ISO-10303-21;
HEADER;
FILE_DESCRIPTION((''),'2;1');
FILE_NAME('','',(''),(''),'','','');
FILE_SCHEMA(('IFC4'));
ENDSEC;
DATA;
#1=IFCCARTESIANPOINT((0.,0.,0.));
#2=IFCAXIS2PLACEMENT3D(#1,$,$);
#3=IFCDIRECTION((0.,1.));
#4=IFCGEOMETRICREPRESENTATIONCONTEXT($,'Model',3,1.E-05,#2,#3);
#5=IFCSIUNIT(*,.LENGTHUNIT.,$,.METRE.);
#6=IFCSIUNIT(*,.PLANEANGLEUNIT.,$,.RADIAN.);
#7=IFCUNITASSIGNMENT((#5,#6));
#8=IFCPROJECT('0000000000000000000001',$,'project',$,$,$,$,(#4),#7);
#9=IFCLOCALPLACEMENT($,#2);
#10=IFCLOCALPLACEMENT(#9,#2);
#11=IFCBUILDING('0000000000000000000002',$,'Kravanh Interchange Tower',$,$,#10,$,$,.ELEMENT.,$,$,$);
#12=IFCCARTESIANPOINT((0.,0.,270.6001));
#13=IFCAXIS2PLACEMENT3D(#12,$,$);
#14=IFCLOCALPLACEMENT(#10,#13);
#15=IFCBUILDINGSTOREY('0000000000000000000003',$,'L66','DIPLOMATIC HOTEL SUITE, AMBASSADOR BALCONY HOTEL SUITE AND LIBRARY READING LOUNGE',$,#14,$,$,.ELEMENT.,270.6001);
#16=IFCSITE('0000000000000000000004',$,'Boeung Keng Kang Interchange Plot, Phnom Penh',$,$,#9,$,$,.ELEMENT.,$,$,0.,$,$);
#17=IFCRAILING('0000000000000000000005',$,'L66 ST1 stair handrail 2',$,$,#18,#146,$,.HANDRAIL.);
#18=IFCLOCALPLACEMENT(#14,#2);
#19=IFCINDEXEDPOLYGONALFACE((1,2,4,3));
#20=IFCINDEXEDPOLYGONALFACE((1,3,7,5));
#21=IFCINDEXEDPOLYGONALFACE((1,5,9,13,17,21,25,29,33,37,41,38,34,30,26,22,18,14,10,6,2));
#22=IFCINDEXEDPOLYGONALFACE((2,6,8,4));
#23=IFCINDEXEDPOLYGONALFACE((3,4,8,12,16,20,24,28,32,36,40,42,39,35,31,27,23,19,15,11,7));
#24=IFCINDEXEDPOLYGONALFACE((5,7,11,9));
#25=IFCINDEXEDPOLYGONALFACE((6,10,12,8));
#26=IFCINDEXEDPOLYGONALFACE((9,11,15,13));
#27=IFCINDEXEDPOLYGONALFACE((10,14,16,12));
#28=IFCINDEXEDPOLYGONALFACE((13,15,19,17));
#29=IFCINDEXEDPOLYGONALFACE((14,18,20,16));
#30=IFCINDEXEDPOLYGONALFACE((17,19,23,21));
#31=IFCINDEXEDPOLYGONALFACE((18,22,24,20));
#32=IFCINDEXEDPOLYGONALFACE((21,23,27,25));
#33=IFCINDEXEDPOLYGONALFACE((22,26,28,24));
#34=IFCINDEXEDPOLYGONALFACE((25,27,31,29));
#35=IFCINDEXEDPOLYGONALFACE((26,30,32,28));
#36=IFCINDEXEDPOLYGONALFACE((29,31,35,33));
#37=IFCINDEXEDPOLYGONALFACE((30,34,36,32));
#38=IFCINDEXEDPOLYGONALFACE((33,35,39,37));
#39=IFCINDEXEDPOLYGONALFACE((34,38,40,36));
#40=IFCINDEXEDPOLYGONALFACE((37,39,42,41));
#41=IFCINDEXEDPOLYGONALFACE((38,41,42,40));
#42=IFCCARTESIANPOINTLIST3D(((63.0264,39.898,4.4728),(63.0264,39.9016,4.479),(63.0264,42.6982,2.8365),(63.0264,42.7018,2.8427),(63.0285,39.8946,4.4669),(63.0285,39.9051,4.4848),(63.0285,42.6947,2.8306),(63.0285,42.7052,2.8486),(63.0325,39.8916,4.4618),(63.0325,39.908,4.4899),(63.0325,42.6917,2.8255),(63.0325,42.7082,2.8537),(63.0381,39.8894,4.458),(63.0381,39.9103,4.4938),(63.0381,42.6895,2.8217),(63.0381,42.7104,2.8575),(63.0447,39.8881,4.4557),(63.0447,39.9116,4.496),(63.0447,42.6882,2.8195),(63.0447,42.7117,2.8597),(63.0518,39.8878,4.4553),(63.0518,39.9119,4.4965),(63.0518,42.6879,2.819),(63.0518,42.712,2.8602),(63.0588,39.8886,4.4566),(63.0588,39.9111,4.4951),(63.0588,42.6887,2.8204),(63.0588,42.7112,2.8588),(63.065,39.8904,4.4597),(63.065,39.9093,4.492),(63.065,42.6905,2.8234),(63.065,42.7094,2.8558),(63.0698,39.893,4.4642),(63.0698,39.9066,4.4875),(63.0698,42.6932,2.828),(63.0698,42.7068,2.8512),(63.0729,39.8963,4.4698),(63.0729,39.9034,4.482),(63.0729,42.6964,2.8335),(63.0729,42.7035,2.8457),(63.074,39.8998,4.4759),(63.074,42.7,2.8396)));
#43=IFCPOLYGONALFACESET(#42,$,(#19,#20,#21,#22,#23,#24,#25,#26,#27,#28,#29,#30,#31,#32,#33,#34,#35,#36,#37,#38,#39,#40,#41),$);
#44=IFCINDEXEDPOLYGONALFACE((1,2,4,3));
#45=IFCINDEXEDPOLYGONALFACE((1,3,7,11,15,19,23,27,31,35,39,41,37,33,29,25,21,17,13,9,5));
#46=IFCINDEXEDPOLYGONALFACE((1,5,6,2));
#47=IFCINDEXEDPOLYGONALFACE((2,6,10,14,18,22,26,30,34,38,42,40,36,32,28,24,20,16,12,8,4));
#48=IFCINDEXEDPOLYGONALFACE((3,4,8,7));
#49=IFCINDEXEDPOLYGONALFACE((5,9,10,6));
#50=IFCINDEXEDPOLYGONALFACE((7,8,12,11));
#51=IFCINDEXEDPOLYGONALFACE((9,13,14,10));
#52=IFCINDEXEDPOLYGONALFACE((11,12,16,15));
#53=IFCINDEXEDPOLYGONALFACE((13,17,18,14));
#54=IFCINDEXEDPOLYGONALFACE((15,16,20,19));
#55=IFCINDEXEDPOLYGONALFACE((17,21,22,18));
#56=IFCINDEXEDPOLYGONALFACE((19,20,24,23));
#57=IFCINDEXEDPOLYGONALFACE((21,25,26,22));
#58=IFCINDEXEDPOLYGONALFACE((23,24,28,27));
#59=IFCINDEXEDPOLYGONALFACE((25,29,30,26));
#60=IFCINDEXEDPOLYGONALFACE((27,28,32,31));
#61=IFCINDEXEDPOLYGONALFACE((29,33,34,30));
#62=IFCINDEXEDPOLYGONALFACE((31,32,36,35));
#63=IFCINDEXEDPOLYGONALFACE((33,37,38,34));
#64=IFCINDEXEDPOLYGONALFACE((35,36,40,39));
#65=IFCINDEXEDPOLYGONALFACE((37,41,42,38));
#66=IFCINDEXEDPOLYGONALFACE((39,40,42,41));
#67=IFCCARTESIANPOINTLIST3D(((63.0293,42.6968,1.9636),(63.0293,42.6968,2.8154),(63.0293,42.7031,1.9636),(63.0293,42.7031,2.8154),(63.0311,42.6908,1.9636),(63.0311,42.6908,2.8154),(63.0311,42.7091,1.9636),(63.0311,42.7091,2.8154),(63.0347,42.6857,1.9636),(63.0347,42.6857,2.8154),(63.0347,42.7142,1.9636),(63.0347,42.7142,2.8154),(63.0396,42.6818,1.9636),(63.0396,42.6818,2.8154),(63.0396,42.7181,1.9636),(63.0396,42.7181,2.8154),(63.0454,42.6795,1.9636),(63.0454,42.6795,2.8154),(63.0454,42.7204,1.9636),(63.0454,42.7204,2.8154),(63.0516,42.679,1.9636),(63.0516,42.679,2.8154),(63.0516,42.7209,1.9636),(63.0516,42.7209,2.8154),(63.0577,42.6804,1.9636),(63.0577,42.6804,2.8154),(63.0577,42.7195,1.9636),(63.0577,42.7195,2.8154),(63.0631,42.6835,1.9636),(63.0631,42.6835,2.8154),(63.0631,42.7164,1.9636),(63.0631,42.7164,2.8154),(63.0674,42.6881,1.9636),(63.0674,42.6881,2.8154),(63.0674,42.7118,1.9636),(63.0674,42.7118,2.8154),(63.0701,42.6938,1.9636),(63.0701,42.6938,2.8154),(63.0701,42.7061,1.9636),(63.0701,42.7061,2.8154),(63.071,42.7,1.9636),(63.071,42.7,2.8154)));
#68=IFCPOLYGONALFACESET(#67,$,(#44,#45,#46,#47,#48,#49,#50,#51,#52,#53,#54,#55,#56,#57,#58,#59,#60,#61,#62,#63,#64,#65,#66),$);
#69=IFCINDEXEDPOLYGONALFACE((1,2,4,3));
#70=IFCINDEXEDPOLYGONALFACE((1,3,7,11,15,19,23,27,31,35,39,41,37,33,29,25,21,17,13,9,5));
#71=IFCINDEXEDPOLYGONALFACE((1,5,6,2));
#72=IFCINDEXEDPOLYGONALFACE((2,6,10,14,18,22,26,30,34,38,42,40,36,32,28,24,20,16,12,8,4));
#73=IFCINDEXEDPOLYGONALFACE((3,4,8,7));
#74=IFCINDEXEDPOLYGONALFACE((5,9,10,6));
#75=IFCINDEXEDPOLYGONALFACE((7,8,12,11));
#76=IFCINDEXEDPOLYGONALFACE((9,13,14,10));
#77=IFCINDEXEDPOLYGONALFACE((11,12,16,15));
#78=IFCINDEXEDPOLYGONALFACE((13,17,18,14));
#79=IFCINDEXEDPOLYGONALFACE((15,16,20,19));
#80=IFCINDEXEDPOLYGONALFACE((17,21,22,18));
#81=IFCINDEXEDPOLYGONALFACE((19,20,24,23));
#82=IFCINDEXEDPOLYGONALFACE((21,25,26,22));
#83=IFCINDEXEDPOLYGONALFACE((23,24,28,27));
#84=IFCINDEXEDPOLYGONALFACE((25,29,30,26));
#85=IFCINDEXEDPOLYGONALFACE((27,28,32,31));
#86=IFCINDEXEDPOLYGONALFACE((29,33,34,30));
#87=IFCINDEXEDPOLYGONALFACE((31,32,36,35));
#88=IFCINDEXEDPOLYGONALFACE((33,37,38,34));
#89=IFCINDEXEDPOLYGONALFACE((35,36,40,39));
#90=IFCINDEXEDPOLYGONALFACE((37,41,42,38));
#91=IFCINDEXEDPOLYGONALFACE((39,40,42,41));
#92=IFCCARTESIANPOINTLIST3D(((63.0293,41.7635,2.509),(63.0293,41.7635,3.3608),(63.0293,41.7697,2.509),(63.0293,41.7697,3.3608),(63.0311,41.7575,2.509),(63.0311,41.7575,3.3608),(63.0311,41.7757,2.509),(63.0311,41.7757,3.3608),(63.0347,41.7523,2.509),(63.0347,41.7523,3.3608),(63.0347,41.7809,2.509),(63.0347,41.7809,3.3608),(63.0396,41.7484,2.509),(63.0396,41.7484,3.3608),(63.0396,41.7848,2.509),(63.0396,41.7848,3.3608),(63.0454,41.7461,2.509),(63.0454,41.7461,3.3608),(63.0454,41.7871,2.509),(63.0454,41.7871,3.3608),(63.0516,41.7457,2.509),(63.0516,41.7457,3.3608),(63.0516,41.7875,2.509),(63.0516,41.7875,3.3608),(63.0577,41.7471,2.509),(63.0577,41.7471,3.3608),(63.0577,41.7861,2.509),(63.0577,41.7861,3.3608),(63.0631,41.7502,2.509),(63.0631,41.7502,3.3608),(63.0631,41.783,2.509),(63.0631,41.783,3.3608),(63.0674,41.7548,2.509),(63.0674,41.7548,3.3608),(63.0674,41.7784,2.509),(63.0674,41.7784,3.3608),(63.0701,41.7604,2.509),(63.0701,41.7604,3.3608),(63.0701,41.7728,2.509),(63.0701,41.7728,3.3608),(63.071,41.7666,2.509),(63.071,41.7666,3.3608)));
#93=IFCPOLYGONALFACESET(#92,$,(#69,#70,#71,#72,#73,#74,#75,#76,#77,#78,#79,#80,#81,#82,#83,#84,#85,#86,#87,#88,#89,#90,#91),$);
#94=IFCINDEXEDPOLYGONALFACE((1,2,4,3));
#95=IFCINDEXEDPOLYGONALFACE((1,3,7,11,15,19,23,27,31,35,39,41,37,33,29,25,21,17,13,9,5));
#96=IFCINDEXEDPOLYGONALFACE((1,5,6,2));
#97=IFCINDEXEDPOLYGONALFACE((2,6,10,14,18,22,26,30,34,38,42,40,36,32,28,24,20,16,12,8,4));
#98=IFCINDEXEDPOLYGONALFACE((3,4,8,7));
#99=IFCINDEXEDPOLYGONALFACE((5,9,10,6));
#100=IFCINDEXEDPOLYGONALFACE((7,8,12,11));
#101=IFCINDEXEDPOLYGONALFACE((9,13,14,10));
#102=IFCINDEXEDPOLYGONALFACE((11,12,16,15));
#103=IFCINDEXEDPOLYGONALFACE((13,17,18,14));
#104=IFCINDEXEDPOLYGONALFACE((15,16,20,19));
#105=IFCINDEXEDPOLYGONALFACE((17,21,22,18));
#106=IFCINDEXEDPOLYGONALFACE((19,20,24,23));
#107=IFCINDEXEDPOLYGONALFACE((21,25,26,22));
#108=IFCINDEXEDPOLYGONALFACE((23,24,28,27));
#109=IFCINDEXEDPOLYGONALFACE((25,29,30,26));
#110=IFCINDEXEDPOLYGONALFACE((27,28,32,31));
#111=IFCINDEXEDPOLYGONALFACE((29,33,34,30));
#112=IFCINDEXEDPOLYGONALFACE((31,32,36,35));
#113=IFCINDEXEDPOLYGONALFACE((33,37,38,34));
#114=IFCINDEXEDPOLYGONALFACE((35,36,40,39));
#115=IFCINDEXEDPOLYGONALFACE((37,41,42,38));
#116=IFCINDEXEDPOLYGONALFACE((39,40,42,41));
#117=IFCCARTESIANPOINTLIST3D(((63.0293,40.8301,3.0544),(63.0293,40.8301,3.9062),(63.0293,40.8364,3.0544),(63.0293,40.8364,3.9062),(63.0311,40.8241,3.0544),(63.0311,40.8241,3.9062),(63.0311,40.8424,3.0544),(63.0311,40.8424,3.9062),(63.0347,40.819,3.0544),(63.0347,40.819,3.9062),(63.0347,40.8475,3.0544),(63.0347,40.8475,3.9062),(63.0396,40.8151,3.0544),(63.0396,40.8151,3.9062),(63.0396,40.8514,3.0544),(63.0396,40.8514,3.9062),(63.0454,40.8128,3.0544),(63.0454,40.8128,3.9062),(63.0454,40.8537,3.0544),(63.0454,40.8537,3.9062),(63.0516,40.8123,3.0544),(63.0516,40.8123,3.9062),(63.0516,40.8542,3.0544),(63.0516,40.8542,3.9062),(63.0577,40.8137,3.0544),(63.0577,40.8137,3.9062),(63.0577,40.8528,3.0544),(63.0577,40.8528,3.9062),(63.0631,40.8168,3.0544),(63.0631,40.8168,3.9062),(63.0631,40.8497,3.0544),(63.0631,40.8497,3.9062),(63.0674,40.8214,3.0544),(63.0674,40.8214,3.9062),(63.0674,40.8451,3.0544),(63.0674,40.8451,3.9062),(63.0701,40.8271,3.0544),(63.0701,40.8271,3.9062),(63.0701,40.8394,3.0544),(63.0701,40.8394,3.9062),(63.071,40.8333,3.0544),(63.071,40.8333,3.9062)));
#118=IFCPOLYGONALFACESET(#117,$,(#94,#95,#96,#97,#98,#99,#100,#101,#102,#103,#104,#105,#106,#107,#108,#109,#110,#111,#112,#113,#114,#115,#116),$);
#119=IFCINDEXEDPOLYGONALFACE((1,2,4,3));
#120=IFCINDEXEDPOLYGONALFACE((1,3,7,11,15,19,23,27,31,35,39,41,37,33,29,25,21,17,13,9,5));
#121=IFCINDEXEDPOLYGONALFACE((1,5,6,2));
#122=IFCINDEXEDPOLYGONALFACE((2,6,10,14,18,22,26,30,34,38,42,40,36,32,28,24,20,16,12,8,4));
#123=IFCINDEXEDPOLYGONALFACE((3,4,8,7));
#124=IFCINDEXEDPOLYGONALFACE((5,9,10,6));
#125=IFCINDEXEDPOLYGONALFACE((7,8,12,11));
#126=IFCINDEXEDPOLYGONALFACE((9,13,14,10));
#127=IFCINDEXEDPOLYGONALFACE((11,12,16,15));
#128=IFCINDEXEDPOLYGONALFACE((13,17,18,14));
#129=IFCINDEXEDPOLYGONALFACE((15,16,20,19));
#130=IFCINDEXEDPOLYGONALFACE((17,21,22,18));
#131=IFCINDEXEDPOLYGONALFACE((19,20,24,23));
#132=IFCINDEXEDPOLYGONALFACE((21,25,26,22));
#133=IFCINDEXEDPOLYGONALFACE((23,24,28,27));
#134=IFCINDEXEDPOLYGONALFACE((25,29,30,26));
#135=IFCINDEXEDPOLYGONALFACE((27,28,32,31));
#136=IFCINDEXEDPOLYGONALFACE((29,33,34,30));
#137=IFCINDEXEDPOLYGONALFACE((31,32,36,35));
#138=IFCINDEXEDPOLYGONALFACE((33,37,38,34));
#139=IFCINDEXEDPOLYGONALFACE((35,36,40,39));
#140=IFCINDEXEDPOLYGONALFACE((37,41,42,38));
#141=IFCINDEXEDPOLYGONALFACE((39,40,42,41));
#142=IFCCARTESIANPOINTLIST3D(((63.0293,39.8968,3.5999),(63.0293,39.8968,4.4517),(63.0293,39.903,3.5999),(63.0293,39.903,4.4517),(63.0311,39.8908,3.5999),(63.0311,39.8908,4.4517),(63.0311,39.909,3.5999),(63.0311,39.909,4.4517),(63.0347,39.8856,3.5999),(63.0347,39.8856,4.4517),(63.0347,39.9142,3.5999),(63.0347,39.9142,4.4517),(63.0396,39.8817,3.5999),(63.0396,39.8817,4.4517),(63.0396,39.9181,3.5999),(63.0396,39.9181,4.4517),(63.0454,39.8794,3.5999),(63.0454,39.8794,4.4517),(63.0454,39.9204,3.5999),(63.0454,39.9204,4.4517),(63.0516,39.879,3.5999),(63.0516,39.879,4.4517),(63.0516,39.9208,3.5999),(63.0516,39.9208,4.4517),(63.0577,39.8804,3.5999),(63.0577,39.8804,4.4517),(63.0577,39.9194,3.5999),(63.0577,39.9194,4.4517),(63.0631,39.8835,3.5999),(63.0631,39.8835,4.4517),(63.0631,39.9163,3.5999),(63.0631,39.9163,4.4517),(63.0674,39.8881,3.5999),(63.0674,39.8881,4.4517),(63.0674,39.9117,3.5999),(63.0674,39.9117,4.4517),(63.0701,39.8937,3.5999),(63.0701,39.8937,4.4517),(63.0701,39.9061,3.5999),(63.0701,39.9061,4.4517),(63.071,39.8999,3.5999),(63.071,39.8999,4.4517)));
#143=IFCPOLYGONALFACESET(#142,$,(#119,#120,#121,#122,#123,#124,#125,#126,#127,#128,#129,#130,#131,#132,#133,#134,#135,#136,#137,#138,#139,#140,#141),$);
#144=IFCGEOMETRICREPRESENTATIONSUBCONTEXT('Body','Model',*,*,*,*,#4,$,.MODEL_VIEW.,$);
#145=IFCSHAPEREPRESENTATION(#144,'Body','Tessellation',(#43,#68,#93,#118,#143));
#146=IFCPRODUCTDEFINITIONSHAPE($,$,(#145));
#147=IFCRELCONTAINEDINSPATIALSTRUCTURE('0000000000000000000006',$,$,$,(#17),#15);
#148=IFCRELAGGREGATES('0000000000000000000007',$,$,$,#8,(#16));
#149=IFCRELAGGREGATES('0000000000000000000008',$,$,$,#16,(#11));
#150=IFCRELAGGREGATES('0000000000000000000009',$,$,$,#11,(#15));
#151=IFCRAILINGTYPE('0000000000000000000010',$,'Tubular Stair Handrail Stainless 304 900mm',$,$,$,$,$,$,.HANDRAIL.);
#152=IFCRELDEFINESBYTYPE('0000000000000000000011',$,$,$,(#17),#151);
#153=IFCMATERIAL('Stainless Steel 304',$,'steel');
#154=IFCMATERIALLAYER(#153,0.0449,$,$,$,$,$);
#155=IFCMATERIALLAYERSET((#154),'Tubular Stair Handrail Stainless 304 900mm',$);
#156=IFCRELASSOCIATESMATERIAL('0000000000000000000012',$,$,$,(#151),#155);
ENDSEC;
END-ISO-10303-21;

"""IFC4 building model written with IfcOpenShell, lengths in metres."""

from ifc_helpers import new_model, si_unit, direction, frame, origin, origin_2d, place, context, subcontext, project, spatial, circle, extrude, material, layer, layer_set, type_object, element, save


model = new_model("IFC4")

# Units and contexts
model_context = context("Model", 3, precision=1e-05, world=origin(), true_north=direction((0.0, 1.0)))
body_context = subcontext(model_context, "Body", "Model", "MODEL_VIEW")
ifc_project = project(units=[si_unit("LENGTHUNIT", "METRE"), si_unit("PLANEANGLEUNIT", "RADIAN")], contexts=[model_context])

# Site, building, storey
site_placement = place(None, origin())
site = spatial("IfcSite", under=ifc_project, at=site_placement, Name="Boeung Keng Kang Interchange Plot, Phnom Penh", CompositionType="ELEMENT", RefElevation=0.0)
building_placement = place(site_placement, origin())
building = spatial("IfcBuilding", under=site, at=building_placement, Name="Kravanh Interchange Tower", CompositionType="ELEMENT")
storey_placement = place(building_placement, frame((0.0, 0.0, 270.6001)))
storey = spatial("IfcBuildingStorey", under=building, at=storey_placement, Name="L66", Description="DIPLOMATIC HOTEL SUITE, AMBASSADOR BALCONY HOTEL SUITE AND LIBRARY READING LOUNGE", CompositionType="ELEMENT", Elevation=270.6001)

# Railing
ifc_material_1 = material(Name="Stainless Steel 304", Category="steel")
ifc_layer_1 = layer(ifc_material_1, 0.0449)
ifc_layer_set_1 = layer_set([ifc_layer_1], Name="Tubular Stair Handrail Stainless 304 900mm")
railing_type_1 = type_object("IfcRailingType", Name="Tubular Stair Handrail Stainless 304 900mm", PredefinedType="HANDRAIL", material=ifc_layer_set_1)
railing_1_placement = place(storey_placement, frame((63.05, 42.7, 1.9636)))
element("IfcRailing", 1, at=railing_1_placement, inside=storey, type_object=railing_type_1, Name="L66 ST1 stair handrail 2", PredefinedType="HANDRAIL", context=body_context, shape_type="SweptSolid", body=[
    extrude(circle(Radius=0.0239, at=origin_2d()), frame((0.0, 0.0, 0.876), z_axis=(0.0, -0.863394, 0.504531), x_axis=(1.0, 0.0, 0.0)), (0.0, 0.0, 1.0), 3.2432),
    extrude(circle(Radius=0.021, at=origin_2d()), origin(), (0.0, 0.0, 1.0), 0.8518),
    extrude(circle(Radius=0.021, at=origin_2d()), frame((0.0, -0.9333, 0.5454)), (0.0, 0.0, 1.0), 0.8518),
    extrude(circle(Radius=0.021, at=origin_2d()), frame((0.0, -1.8667, 1.0908)), (0.0, 0.0, 1.0), 0.8518),
    extrude(circle(Radius=0.021, at=origin_2d()), frame((0.0, -2.8, 1.6362)), (0.0, 0.0, 1.0), 0.8518),
])

save(model, "model.ifc")
